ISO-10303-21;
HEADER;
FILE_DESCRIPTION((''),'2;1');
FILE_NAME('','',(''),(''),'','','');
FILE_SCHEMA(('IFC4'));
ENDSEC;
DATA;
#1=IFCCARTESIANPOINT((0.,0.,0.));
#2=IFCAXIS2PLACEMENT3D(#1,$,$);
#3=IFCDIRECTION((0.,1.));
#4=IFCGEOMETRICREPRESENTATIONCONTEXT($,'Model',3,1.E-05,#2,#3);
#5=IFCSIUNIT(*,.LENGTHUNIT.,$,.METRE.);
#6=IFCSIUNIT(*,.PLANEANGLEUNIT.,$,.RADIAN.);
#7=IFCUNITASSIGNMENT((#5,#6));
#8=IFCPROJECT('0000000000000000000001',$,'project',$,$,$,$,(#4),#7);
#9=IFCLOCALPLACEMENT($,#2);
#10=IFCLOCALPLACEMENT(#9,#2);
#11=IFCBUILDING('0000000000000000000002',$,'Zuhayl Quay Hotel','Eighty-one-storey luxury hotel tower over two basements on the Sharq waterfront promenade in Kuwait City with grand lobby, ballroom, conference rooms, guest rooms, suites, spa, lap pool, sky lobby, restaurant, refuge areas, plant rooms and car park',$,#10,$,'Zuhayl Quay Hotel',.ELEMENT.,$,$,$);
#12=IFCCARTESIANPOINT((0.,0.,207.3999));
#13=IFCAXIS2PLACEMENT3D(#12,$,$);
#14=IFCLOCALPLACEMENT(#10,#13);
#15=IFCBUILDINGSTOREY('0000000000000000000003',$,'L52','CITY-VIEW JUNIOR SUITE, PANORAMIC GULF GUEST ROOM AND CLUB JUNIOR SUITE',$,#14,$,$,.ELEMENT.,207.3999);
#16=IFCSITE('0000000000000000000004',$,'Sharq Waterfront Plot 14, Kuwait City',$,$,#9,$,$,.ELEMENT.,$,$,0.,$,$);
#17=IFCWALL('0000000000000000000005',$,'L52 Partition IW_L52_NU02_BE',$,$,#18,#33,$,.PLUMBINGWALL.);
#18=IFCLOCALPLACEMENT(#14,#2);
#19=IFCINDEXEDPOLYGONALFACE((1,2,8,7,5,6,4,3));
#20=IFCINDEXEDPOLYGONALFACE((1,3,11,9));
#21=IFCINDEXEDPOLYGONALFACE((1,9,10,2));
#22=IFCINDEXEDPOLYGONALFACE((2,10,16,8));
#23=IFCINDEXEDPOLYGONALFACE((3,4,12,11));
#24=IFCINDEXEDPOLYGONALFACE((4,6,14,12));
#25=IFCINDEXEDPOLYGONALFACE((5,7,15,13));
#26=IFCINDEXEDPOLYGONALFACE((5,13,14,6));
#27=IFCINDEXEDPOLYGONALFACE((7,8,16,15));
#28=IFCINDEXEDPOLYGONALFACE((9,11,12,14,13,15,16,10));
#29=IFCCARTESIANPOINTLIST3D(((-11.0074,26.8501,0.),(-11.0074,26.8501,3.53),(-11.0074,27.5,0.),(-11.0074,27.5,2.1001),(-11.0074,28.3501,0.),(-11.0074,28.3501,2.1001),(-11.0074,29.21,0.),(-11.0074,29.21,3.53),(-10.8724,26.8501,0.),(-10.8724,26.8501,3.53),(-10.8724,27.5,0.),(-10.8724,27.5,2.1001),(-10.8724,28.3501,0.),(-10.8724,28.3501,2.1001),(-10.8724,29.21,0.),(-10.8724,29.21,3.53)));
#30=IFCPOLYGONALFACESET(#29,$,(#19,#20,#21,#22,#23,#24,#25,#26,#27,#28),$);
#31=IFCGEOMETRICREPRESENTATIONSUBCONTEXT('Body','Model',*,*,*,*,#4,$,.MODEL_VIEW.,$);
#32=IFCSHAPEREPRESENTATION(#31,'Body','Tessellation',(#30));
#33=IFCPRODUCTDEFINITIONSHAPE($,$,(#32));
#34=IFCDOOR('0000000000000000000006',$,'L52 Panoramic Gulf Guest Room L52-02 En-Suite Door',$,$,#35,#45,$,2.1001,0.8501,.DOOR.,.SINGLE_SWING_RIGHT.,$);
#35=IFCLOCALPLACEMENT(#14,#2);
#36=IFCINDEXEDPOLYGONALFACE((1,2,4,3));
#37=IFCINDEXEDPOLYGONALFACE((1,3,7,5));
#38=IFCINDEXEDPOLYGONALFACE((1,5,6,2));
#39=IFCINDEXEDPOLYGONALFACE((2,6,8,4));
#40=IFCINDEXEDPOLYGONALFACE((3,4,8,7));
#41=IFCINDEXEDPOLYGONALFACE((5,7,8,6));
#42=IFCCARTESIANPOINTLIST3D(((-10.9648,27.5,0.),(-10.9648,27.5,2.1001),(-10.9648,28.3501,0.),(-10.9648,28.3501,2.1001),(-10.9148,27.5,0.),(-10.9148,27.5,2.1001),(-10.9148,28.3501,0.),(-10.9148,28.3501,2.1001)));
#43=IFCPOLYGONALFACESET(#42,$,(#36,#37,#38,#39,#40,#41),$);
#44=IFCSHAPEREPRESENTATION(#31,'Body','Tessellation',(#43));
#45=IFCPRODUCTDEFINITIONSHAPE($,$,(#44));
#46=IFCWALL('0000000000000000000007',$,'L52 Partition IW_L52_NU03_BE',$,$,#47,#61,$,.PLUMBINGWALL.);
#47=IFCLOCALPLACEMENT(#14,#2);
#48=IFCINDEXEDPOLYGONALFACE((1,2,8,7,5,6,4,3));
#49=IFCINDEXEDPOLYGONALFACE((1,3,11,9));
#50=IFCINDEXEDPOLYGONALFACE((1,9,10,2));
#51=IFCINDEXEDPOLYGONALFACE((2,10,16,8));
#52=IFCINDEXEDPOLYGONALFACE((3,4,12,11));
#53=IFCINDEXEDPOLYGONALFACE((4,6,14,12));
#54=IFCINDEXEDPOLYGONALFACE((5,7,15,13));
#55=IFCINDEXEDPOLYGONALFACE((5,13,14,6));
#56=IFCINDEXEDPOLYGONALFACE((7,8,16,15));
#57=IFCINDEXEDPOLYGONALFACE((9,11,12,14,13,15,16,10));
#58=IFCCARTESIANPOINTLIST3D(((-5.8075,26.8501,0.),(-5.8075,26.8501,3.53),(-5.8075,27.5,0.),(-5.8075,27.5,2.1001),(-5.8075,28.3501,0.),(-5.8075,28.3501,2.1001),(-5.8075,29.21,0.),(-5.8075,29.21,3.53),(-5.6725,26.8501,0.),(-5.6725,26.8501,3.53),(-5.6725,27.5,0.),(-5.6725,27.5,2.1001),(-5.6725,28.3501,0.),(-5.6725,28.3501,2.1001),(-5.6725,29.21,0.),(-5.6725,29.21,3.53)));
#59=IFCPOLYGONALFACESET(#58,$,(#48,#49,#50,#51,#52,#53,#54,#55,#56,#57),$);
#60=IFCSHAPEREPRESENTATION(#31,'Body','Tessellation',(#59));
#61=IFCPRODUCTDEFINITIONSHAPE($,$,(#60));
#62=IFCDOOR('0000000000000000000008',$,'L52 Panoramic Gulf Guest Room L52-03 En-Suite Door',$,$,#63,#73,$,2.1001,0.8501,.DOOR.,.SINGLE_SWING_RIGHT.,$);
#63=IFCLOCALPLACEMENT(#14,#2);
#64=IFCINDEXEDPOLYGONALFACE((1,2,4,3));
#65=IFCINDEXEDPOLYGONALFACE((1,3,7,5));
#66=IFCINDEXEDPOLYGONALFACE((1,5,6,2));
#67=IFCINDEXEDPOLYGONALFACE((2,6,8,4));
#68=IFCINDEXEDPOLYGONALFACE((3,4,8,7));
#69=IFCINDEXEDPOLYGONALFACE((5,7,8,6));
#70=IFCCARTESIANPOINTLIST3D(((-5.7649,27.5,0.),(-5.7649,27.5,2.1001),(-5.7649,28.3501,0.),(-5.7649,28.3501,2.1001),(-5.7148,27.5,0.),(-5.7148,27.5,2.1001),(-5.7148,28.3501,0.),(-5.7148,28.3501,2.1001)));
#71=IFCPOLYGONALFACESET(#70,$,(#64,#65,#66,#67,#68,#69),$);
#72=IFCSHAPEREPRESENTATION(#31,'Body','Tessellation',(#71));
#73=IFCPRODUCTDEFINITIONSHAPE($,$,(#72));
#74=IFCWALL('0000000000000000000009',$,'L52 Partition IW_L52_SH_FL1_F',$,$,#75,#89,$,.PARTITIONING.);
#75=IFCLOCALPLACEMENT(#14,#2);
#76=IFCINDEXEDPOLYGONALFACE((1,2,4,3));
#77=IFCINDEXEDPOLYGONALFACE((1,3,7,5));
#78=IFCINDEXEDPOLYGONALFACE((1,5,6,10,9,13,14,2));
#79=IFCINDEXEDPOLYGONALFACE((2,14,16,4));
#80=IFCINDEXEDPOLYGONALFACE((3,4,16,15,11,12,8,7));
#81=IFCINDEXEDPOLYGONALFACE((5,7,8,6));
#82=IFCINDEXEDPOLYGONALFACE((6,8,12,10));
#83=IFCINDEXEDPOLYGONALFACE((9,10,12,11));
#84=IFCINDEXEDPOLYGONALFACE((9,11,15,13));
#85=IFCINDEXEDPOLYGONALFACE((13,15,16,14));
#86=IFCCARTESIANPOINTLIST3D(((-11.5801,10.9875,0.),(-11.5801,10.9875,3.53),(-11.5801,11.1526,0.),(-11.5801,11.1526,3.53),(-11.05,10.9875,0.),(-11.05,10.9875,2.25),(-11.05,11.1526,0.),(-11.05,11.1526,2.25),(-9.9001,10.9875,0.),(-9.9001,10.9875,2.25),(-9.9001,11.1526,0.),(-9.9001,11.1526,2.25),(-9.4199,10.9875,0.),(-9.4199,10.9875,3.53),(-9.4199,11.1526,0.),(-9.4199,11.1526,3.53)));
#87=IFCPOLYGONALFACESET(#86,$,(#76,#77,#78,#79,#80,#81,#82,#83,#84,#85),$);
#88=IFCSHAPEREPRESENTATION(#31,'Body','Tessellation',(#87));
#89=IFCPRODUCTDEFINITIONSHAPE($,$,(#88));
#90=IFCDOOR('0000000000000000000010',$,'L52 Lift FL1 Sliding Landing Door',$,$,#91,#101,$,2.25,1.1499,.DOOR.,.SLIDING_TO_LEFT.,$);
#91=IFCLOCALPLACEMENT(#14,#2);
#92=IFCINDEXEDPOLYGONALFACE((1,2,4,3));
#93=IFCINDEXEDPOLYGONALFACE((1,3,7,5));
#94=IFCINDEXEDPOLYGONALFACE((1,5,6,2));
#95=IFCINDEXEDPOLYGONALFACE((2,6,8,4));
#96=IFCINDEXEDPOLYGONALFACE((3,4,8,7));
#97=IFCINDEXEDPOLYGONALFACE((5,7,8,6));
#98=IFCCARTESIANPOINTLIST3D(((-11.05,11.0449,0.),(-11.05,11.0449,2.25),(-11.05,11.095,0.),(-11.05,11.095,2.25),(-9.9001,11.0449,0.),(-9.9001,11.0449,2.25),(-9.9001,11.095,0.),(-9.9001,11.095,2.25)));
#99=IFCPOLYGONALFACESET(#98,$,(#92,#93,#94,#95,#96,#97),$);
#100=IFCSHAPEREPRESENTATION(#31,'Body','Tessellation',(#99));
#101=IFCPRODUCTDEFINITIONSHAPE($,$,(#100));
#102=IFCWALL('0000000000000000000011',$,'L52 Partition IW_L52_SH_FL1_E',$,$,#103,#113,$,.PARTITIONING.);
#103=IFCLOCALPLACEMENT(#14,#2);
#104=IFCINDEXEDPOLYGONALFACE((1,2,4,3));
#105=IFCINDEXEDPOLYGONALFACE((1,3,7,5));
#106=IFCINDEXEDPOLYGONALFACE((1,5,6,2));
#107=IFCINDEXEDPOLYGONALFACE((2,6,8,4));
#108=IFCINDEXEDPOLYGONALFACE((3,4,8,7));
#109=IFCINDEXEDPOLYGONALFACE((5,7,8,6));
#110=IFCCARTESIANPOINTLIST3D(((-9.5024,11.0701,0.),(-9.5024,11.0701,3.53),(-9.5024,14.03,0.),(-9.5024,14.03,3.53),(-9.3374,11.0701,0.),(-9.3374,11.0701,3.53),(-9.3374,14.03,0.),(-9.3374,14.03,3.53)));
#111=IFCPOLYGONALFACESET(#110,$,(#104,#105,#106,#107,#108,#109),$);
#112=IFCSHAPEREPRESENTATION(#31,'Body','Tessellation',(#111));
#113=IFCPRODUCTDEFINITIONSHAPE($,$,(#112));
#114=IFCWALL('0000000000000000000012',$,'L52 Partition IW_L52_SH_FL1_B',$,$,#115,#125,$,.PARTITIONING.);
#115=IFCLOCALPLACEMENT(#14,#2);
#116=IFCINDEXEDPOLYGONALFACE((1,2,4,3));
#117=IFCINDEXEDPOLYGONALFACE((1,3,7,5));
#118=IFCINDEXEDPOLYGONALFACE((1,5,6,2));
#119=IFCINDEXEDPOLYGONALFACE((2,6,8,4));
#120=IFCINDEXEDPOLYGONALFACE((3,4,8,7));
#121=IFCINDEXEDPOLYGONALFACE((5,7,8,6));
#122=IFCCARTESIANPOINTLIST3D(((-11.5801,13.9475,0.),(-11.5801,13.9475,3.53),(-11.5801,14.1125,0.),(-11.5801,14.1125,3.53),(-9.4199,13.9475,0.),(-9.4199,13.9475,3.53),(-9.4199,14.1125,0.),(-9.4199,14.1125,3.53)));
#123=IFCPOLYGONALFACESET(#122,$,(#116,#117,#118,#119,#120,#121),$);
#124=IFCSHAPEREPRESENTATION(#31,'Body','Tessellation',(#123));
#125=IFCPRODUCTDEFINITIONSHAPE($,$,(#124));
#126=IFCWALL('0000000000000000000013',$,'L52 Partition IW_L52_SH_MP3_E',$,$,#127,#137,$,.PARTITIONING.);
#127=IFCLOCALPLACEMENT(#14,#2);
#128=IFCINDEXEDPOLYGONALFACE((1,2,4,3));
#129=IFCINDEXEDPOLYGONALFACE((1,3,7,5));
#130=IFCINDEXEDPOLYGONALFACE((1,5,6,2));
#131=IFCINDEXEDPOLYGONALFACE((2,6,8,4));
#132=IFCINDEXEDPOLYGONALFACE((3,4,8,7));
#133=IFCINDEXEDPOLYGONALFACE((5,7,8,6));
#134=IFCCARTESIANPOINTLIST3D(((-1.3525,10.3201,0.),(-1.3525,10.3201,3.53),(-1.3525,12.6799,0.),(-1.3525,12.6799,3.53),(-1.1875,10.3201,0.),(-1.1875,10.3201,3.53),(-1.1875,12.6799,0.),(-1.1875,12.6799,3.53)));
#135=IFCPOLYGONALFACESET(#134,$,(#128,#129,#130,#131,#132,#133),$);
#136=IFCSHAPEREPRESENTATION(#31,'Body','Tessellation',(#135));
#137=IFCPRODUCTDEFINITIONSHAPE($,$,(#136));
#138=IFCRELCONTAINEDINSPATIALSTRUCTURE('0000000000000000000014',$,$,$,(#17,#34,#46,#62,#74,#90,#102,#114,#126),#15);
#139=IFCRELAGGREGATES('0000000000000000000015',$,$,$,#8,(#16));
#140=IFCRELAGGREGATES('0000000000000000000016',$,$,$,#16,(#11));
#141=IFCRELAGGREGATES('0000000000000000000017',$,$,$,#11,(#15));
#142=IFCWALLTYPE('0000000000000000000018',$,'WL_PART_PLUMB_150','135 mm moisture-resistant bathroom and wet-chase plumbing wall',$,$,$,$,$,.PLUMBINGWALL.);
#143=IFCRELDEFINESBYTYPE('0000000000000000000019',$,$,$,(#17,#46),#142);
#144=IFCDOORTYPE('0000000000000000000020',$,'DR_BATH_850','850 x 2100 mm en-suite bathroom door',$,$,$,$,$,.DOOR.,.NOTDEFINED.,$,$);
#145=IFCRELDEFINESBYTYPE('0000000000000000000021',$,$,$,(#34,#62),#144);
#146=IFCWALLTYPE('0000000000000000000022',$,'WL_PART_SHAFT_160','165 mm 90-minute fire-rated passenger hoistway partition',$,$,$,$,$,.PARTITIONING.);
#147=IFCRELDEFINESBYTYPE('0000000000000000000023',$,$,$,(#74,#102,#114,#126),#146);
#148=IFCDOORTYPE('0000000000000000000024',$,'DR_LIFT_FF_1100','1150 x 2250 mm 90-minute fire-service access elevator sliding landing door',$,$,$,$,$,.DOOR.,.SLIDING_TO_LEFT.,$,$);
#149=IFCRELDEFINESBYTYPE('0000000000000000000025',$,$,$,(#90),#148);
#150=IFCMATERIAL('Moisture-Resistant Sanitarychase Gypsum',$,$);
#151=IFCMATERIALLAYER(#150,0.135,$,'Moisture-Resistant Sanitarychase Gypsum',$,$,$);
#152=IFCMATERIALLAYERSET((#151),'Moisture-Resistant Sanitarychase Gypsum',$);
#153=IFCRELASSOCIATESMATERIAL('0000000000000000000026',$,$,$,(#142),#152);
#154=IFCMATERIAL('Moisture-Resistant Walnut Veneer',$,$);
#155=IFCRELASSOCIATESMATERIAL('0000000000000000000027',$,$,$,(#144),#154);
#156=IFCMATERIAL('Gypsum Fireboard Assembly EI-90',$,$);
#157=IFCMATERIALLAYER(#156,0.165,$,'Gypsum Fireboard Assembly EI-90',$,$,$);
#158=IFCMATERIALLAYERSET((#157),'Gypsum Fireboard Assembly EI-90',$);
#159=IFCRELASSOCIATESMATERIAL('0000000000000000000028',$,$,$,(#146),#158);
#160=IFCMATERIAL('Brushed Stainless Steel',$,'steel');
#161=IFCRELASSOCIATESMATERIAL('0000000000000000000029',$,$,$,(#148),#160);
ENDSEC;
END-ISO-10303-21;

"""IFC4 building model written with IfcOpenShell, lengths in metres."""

from ifc_helpers import new_model, si_unit, direction, frame, frame_2d, origin, place, context, subcontext, project, spatial, rectangle, extrude, material, layer, layer_set, type_object, element, fill, save


model = new_model("IFC4")

# Units and contexts
model_context = context("Model", 3, precision=1e-05, world=origin(), true_north=direction((0.0, 1.0)))
body_context = subcontext(model_context, "Body", "Model", "MODEL_VIEW")
ifc_project = project(units=[si_unit("LENGTHUNIT", "METRE"), si_unit("PLANEANGLEUNIT", "RADIAN")], contexts=[model_context])

# Site, building, storey
site_placement = place(None, origin())
site = spatial("IfcSite", under=ifc_project, at=site_placement, Name="Sharq Waterfront Plot 14, Kuwait City", CompositionType="ELEMENT", RefElevation=0.0)
building_placement = place(site_placement, origin())
building = spatial("IfcBuilding", under=site, at=building_placement, Name="Zuhayl Quay Hotel", Description="Eighty-one-storey luxury hotel tower over two basements on the Sharq waterfront promenade in Kuwait City with grand lobby, ballroom, conference rooms, guest rooms, suites, spa, lap pool, sky lobby, restaurant, refuge areas, plant rooms and car park", LongName="Zuhayl Quay Hotel", CompositionType="ELEMENT")
storey_placement = place(building_placement, frame((0.0, 0.0, 207.3999)))
storey = spatial("IfcBuildingStorey", under=building, at=storey_placement, Name="L52", Description="CITY-VIEW JUNIOR SUITE, PANORAMIC GULF GUEST ROOM AND CLUB JUNIOR SUITE", CompositionType="ELEMENT", Elevation=207.3999)

# Walls, openings, doors
ifc_material_1 = material(Name="Moisture-Resistant Sanitarychase Gypsum")
ifc_layer_1 = layer(ifc_material_1, 0.135, Name="Moisture-Resistant Sanitarychase Gypsum")
ifc_layer_set_1 = layer_set([ifc_layer_1], Name="Moisture-Resistant Sanitarychase Gypsum")
wall_type_1 = type_object("IfcWallType", Name="WL_PART_PLUMB_150", Description="135 mm moisture-resistant bathroom and wet-chase plumbing wall", PredefinedType="PLUMBINGWALL", material=ifc_layer_set_1)
wall_1_placement = place(storey_placement, frame((-10.9399, 26.8501, 0.0), z_axis=(0.0, 0.0, 1.0), x_axis=(0.0, 1.0, 0.0)))
wall_1 = element("IfcWall", 1, at=wall_1_placement, inside=storey, type_object=wall_type_1, Name="L52 Partition IW_L52_NU02_BE", PredefinedType="PLUMBINGWALL", context=body_context, shape_type="SweptSolid", body=[
    extrude(rectangle(XDim=2.3599, YDim=0.135, at=frame_2d((1.1799, 0.0))), origin(), (0.0, 0.0, 1.0), 3.53),
])
opening_1_placement = place(wall_1_placement, frame((0.6499, 0.0, 0.0)))
opening_1 = element("IfcOpeningElement", 2, at=opening_1_placement, cuts=wall_1, PredefinedType="OPENING", context=body_context, shape_type="SweptSolid", body=[
    extrude(rectangle(XDim=0.8501, YDim=2.1001, at=frame_2d((0.425, 1.05))), frame((0.0, 0.0774, 0.0), z_axis=(0.0, -1.0, 0.0), x_axis=(1.0, 0.0, 0.0)), (0.0, 0.0, 1.0), 0.155),
])
ifc_material_2 = material(Name="Moisture-Resistant Walnut Veneer")
door_type_1 = type_object("IfcDoorType", Name="DR_BATH_850", Description="850 x 2100 mm en-suite bathroom door", OperationType="NOTDEFINED", PredefinedType="DOOR", material=ifc_material_2)
door_1_placement = place(opening_1_placement, origin())
door_1 = element("IfcDoor", 3, at=door_1_placement, inside=storey, type_object=door_type_1, Name="L52 Panoramic Gulf Guest Room L52-02 En-Suite Door", OperationType="SINGLE_SWING_RIGHT", OverallHeight=2.1001, OverallWidth=0.8501, PredefinedType="DOOR", context=body_context, shape_type="SweptSolid", body=[
    extrude(rectangle(XDim=0.8501, YDim=2.1001, at=frame_2d((0.425, 1.05))), frame((0.0, 0.0249, 0.0), z_axis=(0.0, -1.0, 0.0), x_axis=(1.0, 0.0, 0.0)), (0.0, 0.0, 1.0), 0.05),
])
fill(opening_1, door_1)
wall_2_placement = place(storey_placement, frame((-5.74, 26.8501, 0.0), z_axis=(0.0, 0.0, 1.0), x_axis=(0.0, 1.0, 0.0)))
wall_2 = element("IfcWall", 4, at=wall_2_placement, inside=storey, type_object=wall_type_1, Name="L52 Partition IW_L52_NU03_BE", PredefinedType="PLUMBINGWALL", context=body_context, shape_type="SweptSolid", body=[
    extrude(rectangle(XDim=2.3599, YDim=0.135, at=frame_2d((1.1799, 0.0))), origin(), (0.0, 0.0, 1.0), 3.53),
])
opening_2_placement = place(wall_2_placement, frame((0.6499, 0.0, 0.0)))
opening_2 = element("IfcOpeningElement", 5, at=opening_2_placement, cuts=wall_2, PredefinedType="OPENING", context=body_context, shape_type="SweptSolid", body=[
    extrude(rectangle(XDim=0.8501, YDim=2.1001, at=frame_2d((0.425, 1.05))), frame((0.0, 0.0774, 0.0), z_axis=(0.0, -1.0, 0.0), x_axis=(1.0, 0.0, 0.0)), (0.0, 0.0, 1.0), 0.155),
])
door_2_placement = place(opening_2_placement, origin())
door_2 = element("IfcDoor", 6, at=door_2_placement, inside=storey, type_object=door_type_1, Name="L52 Panoramic Gulf Guest Room L52-03 En-Suite Door", OperationType="SINGLE_SWING_RIGHT", OverallHeight=2.1001, OverallWidth=0.8501, PredefinedType="DOOR", context=body_context, shape_type="SweptSolid", body=[
    extrude(rectangle(XDim=0.8501, YDim=2.1001, at=frame_2d((0.425, 1.05))), frame((0.0, 0.0249, 0.0), z_axis=(0.0, -1.0, 0.0), x_axis=(1.0, 0.0, 0.0)), (0.0, 0.0, 1.0), 0.05),
])
fill(opening_2, door_2)
ifc_material_3 = material(Name="Gypsum Fireboard Assembly EI-90")
ifc_layer_2 = layer(ifc_material_3, 0.165, Name="Gypsum Fireboard Assembly EI-90")
ifc_layer_set_2 = layer_set([ifc_layer_2], Name="Gypsum Fireboard Assembly EI-90")
wall_type_2 = type_object("IfcWallType", Name="WL_PART_SHAFT_160", Description="165 mm 90-minute fire-rated passenger hoistway partition", PredefinedType="PARTITIONING", material=ifc_layer_set_2)
wall_3_placement = place(storey_placement, frame((-11.5801, 11.0701, 0.0), z_axis=(0.0, 0.0, 1.0), x_axis=(1.0, 0.0, 0.0)))
wall_3 = element("IfcWall", 7, at=wall_3_placement, inside=storey, type_object=wall_type_2, Name="L52 Partition IW_L52_SH_FL1_F", PredefinedType="PARTITIONING", context=body_context, shape_type="SweptSolid", body=[
    extrude(rectangle(XDim=2.1602, YDim=0.165, at=frame_2d((1.0801, 0.0))), origin(), (0.0, 0.0, 1.0), 3.53),
])
opening_3_placement = place(wall_3_placement, frame((0.53, 0.0, 0.0)))
opening_3 = element("IfcOpeningElement", 8, at=opening_3_placement, cuts=wall_3, PredefinedType="OPENING", context=body_context, shape_type="SweptSolid", body=[
    extrude(rectangle(XDim=1.1499, YDim=2.25, at=frame_2d((0.575, 1.125))), frame((0.0, 0.0925, 0.0), z_axis=(0.0, -1.0, 0.0), x_axis=(1.0, 0.0, 0.0)), (0.0, 0.0, 1.0), 0.1851),
])
ifc_material_4 = material(Name="Brushed Stainless Steel", Category="steel")
door_type_2 = type_object("IfcDoorType", Name="DR_LIFT_FF_1100", Description="1150 x 2250 mm 90-minute fire-service access elevator sliding landing door", OperationType="SLIDING_TO_LEFT", PredefinedType="DOOR", material=ifc_material_4)
door_3_placement = place(opening_3_placement, origin())
door_3 = element("IfcDoor", 9, at=door_3_placement, inside=storey, type_object=door_type_2, Name="L52 Lift FL1 Sliding Landing Door", OperationType="SLIDING_TO_LEFT", OverallHeight=2.25, OverallWidth=1.1499, PredefinedType="DOOR", context=body_context, shape_type="SweptSolid", body=[
    extrude(rectangle(XDim=1.1499, YDim=2.25, at=frame_2d((0.575, 1.125))), frame((0.0, 0.0249, 0.0), z_axis=(0.0, -1.0, 0.0), x_axis=(1.0, 0.0, 0.0)), (0.0, 0.0, 1.0), 0.05),
])
fill(opening_3, door_3)

# Walls
wall_4_placement = place(storey_placement, frame((-9.4199, 11.0701, 0.0), z_axis=(0.0, 0.0, 1.0), x_axis=(0.0, 1.0, 0.0)))
element("IfcWall", 10, at=wall_4_placement, inside=storey, type_object=wall_type_2, Name="L52 Partition IW_L52_SH_FL1_E", PredefinedType="PARTITIONING", context=body_context, shape_type="SweptSolid", body=[
    extrude(rectangle(XDim=2.96, YDim=0.165, at=frame_2d((1.48, 0.0))), origin(), (0.0, 0.0, 1.0), 3.53),
])
wall_5_placement = place(storey_placement, frame((-11.5801, 14.03, 0.0), z_axis=(0.0, 0.0, 1.0), x_axis=(1.0, 0.0, 0.0)))
element("IfcWall", 11, at=wall_5_placement, inside=storey, type_object=wall_type_2, Name="L52 Partition IW_L52_SH_FL1_B", PredefinedType="PARTITIONING", context=body_context, shape_type="SweptSolid", body=[
    extrude(rectangle(XDim=2.1602, YDim=0.165, at=frame_2d((1.0801, 0.0))), origin(), (0.0, 0.0, 1.0), 3.53),
])
wall_6_placement = place(storey_placement, frame((-1.27, 10.3201, 0.0), z_axis=(0.0, 0.0, 1.0), x_axis=(0.0, 1.0, 0.0)))
element("IfcWall", 12, at=wall_6_placement, inside=storey, type_object=wall_type_2, Name="L52 Partition IW_L52_SH_MP3_E", PredefinedType="PARTITIONING", context=body_context, shape_type="SweptSolid", body=[
    extrude(rectangle(XDim=2.3599, YDim=0.165, at=frame_2d((1.1799, 0.0))), origin(), (0.0, 0.0, 1.0), 3.53),
])

save(model, "model.ifc")
